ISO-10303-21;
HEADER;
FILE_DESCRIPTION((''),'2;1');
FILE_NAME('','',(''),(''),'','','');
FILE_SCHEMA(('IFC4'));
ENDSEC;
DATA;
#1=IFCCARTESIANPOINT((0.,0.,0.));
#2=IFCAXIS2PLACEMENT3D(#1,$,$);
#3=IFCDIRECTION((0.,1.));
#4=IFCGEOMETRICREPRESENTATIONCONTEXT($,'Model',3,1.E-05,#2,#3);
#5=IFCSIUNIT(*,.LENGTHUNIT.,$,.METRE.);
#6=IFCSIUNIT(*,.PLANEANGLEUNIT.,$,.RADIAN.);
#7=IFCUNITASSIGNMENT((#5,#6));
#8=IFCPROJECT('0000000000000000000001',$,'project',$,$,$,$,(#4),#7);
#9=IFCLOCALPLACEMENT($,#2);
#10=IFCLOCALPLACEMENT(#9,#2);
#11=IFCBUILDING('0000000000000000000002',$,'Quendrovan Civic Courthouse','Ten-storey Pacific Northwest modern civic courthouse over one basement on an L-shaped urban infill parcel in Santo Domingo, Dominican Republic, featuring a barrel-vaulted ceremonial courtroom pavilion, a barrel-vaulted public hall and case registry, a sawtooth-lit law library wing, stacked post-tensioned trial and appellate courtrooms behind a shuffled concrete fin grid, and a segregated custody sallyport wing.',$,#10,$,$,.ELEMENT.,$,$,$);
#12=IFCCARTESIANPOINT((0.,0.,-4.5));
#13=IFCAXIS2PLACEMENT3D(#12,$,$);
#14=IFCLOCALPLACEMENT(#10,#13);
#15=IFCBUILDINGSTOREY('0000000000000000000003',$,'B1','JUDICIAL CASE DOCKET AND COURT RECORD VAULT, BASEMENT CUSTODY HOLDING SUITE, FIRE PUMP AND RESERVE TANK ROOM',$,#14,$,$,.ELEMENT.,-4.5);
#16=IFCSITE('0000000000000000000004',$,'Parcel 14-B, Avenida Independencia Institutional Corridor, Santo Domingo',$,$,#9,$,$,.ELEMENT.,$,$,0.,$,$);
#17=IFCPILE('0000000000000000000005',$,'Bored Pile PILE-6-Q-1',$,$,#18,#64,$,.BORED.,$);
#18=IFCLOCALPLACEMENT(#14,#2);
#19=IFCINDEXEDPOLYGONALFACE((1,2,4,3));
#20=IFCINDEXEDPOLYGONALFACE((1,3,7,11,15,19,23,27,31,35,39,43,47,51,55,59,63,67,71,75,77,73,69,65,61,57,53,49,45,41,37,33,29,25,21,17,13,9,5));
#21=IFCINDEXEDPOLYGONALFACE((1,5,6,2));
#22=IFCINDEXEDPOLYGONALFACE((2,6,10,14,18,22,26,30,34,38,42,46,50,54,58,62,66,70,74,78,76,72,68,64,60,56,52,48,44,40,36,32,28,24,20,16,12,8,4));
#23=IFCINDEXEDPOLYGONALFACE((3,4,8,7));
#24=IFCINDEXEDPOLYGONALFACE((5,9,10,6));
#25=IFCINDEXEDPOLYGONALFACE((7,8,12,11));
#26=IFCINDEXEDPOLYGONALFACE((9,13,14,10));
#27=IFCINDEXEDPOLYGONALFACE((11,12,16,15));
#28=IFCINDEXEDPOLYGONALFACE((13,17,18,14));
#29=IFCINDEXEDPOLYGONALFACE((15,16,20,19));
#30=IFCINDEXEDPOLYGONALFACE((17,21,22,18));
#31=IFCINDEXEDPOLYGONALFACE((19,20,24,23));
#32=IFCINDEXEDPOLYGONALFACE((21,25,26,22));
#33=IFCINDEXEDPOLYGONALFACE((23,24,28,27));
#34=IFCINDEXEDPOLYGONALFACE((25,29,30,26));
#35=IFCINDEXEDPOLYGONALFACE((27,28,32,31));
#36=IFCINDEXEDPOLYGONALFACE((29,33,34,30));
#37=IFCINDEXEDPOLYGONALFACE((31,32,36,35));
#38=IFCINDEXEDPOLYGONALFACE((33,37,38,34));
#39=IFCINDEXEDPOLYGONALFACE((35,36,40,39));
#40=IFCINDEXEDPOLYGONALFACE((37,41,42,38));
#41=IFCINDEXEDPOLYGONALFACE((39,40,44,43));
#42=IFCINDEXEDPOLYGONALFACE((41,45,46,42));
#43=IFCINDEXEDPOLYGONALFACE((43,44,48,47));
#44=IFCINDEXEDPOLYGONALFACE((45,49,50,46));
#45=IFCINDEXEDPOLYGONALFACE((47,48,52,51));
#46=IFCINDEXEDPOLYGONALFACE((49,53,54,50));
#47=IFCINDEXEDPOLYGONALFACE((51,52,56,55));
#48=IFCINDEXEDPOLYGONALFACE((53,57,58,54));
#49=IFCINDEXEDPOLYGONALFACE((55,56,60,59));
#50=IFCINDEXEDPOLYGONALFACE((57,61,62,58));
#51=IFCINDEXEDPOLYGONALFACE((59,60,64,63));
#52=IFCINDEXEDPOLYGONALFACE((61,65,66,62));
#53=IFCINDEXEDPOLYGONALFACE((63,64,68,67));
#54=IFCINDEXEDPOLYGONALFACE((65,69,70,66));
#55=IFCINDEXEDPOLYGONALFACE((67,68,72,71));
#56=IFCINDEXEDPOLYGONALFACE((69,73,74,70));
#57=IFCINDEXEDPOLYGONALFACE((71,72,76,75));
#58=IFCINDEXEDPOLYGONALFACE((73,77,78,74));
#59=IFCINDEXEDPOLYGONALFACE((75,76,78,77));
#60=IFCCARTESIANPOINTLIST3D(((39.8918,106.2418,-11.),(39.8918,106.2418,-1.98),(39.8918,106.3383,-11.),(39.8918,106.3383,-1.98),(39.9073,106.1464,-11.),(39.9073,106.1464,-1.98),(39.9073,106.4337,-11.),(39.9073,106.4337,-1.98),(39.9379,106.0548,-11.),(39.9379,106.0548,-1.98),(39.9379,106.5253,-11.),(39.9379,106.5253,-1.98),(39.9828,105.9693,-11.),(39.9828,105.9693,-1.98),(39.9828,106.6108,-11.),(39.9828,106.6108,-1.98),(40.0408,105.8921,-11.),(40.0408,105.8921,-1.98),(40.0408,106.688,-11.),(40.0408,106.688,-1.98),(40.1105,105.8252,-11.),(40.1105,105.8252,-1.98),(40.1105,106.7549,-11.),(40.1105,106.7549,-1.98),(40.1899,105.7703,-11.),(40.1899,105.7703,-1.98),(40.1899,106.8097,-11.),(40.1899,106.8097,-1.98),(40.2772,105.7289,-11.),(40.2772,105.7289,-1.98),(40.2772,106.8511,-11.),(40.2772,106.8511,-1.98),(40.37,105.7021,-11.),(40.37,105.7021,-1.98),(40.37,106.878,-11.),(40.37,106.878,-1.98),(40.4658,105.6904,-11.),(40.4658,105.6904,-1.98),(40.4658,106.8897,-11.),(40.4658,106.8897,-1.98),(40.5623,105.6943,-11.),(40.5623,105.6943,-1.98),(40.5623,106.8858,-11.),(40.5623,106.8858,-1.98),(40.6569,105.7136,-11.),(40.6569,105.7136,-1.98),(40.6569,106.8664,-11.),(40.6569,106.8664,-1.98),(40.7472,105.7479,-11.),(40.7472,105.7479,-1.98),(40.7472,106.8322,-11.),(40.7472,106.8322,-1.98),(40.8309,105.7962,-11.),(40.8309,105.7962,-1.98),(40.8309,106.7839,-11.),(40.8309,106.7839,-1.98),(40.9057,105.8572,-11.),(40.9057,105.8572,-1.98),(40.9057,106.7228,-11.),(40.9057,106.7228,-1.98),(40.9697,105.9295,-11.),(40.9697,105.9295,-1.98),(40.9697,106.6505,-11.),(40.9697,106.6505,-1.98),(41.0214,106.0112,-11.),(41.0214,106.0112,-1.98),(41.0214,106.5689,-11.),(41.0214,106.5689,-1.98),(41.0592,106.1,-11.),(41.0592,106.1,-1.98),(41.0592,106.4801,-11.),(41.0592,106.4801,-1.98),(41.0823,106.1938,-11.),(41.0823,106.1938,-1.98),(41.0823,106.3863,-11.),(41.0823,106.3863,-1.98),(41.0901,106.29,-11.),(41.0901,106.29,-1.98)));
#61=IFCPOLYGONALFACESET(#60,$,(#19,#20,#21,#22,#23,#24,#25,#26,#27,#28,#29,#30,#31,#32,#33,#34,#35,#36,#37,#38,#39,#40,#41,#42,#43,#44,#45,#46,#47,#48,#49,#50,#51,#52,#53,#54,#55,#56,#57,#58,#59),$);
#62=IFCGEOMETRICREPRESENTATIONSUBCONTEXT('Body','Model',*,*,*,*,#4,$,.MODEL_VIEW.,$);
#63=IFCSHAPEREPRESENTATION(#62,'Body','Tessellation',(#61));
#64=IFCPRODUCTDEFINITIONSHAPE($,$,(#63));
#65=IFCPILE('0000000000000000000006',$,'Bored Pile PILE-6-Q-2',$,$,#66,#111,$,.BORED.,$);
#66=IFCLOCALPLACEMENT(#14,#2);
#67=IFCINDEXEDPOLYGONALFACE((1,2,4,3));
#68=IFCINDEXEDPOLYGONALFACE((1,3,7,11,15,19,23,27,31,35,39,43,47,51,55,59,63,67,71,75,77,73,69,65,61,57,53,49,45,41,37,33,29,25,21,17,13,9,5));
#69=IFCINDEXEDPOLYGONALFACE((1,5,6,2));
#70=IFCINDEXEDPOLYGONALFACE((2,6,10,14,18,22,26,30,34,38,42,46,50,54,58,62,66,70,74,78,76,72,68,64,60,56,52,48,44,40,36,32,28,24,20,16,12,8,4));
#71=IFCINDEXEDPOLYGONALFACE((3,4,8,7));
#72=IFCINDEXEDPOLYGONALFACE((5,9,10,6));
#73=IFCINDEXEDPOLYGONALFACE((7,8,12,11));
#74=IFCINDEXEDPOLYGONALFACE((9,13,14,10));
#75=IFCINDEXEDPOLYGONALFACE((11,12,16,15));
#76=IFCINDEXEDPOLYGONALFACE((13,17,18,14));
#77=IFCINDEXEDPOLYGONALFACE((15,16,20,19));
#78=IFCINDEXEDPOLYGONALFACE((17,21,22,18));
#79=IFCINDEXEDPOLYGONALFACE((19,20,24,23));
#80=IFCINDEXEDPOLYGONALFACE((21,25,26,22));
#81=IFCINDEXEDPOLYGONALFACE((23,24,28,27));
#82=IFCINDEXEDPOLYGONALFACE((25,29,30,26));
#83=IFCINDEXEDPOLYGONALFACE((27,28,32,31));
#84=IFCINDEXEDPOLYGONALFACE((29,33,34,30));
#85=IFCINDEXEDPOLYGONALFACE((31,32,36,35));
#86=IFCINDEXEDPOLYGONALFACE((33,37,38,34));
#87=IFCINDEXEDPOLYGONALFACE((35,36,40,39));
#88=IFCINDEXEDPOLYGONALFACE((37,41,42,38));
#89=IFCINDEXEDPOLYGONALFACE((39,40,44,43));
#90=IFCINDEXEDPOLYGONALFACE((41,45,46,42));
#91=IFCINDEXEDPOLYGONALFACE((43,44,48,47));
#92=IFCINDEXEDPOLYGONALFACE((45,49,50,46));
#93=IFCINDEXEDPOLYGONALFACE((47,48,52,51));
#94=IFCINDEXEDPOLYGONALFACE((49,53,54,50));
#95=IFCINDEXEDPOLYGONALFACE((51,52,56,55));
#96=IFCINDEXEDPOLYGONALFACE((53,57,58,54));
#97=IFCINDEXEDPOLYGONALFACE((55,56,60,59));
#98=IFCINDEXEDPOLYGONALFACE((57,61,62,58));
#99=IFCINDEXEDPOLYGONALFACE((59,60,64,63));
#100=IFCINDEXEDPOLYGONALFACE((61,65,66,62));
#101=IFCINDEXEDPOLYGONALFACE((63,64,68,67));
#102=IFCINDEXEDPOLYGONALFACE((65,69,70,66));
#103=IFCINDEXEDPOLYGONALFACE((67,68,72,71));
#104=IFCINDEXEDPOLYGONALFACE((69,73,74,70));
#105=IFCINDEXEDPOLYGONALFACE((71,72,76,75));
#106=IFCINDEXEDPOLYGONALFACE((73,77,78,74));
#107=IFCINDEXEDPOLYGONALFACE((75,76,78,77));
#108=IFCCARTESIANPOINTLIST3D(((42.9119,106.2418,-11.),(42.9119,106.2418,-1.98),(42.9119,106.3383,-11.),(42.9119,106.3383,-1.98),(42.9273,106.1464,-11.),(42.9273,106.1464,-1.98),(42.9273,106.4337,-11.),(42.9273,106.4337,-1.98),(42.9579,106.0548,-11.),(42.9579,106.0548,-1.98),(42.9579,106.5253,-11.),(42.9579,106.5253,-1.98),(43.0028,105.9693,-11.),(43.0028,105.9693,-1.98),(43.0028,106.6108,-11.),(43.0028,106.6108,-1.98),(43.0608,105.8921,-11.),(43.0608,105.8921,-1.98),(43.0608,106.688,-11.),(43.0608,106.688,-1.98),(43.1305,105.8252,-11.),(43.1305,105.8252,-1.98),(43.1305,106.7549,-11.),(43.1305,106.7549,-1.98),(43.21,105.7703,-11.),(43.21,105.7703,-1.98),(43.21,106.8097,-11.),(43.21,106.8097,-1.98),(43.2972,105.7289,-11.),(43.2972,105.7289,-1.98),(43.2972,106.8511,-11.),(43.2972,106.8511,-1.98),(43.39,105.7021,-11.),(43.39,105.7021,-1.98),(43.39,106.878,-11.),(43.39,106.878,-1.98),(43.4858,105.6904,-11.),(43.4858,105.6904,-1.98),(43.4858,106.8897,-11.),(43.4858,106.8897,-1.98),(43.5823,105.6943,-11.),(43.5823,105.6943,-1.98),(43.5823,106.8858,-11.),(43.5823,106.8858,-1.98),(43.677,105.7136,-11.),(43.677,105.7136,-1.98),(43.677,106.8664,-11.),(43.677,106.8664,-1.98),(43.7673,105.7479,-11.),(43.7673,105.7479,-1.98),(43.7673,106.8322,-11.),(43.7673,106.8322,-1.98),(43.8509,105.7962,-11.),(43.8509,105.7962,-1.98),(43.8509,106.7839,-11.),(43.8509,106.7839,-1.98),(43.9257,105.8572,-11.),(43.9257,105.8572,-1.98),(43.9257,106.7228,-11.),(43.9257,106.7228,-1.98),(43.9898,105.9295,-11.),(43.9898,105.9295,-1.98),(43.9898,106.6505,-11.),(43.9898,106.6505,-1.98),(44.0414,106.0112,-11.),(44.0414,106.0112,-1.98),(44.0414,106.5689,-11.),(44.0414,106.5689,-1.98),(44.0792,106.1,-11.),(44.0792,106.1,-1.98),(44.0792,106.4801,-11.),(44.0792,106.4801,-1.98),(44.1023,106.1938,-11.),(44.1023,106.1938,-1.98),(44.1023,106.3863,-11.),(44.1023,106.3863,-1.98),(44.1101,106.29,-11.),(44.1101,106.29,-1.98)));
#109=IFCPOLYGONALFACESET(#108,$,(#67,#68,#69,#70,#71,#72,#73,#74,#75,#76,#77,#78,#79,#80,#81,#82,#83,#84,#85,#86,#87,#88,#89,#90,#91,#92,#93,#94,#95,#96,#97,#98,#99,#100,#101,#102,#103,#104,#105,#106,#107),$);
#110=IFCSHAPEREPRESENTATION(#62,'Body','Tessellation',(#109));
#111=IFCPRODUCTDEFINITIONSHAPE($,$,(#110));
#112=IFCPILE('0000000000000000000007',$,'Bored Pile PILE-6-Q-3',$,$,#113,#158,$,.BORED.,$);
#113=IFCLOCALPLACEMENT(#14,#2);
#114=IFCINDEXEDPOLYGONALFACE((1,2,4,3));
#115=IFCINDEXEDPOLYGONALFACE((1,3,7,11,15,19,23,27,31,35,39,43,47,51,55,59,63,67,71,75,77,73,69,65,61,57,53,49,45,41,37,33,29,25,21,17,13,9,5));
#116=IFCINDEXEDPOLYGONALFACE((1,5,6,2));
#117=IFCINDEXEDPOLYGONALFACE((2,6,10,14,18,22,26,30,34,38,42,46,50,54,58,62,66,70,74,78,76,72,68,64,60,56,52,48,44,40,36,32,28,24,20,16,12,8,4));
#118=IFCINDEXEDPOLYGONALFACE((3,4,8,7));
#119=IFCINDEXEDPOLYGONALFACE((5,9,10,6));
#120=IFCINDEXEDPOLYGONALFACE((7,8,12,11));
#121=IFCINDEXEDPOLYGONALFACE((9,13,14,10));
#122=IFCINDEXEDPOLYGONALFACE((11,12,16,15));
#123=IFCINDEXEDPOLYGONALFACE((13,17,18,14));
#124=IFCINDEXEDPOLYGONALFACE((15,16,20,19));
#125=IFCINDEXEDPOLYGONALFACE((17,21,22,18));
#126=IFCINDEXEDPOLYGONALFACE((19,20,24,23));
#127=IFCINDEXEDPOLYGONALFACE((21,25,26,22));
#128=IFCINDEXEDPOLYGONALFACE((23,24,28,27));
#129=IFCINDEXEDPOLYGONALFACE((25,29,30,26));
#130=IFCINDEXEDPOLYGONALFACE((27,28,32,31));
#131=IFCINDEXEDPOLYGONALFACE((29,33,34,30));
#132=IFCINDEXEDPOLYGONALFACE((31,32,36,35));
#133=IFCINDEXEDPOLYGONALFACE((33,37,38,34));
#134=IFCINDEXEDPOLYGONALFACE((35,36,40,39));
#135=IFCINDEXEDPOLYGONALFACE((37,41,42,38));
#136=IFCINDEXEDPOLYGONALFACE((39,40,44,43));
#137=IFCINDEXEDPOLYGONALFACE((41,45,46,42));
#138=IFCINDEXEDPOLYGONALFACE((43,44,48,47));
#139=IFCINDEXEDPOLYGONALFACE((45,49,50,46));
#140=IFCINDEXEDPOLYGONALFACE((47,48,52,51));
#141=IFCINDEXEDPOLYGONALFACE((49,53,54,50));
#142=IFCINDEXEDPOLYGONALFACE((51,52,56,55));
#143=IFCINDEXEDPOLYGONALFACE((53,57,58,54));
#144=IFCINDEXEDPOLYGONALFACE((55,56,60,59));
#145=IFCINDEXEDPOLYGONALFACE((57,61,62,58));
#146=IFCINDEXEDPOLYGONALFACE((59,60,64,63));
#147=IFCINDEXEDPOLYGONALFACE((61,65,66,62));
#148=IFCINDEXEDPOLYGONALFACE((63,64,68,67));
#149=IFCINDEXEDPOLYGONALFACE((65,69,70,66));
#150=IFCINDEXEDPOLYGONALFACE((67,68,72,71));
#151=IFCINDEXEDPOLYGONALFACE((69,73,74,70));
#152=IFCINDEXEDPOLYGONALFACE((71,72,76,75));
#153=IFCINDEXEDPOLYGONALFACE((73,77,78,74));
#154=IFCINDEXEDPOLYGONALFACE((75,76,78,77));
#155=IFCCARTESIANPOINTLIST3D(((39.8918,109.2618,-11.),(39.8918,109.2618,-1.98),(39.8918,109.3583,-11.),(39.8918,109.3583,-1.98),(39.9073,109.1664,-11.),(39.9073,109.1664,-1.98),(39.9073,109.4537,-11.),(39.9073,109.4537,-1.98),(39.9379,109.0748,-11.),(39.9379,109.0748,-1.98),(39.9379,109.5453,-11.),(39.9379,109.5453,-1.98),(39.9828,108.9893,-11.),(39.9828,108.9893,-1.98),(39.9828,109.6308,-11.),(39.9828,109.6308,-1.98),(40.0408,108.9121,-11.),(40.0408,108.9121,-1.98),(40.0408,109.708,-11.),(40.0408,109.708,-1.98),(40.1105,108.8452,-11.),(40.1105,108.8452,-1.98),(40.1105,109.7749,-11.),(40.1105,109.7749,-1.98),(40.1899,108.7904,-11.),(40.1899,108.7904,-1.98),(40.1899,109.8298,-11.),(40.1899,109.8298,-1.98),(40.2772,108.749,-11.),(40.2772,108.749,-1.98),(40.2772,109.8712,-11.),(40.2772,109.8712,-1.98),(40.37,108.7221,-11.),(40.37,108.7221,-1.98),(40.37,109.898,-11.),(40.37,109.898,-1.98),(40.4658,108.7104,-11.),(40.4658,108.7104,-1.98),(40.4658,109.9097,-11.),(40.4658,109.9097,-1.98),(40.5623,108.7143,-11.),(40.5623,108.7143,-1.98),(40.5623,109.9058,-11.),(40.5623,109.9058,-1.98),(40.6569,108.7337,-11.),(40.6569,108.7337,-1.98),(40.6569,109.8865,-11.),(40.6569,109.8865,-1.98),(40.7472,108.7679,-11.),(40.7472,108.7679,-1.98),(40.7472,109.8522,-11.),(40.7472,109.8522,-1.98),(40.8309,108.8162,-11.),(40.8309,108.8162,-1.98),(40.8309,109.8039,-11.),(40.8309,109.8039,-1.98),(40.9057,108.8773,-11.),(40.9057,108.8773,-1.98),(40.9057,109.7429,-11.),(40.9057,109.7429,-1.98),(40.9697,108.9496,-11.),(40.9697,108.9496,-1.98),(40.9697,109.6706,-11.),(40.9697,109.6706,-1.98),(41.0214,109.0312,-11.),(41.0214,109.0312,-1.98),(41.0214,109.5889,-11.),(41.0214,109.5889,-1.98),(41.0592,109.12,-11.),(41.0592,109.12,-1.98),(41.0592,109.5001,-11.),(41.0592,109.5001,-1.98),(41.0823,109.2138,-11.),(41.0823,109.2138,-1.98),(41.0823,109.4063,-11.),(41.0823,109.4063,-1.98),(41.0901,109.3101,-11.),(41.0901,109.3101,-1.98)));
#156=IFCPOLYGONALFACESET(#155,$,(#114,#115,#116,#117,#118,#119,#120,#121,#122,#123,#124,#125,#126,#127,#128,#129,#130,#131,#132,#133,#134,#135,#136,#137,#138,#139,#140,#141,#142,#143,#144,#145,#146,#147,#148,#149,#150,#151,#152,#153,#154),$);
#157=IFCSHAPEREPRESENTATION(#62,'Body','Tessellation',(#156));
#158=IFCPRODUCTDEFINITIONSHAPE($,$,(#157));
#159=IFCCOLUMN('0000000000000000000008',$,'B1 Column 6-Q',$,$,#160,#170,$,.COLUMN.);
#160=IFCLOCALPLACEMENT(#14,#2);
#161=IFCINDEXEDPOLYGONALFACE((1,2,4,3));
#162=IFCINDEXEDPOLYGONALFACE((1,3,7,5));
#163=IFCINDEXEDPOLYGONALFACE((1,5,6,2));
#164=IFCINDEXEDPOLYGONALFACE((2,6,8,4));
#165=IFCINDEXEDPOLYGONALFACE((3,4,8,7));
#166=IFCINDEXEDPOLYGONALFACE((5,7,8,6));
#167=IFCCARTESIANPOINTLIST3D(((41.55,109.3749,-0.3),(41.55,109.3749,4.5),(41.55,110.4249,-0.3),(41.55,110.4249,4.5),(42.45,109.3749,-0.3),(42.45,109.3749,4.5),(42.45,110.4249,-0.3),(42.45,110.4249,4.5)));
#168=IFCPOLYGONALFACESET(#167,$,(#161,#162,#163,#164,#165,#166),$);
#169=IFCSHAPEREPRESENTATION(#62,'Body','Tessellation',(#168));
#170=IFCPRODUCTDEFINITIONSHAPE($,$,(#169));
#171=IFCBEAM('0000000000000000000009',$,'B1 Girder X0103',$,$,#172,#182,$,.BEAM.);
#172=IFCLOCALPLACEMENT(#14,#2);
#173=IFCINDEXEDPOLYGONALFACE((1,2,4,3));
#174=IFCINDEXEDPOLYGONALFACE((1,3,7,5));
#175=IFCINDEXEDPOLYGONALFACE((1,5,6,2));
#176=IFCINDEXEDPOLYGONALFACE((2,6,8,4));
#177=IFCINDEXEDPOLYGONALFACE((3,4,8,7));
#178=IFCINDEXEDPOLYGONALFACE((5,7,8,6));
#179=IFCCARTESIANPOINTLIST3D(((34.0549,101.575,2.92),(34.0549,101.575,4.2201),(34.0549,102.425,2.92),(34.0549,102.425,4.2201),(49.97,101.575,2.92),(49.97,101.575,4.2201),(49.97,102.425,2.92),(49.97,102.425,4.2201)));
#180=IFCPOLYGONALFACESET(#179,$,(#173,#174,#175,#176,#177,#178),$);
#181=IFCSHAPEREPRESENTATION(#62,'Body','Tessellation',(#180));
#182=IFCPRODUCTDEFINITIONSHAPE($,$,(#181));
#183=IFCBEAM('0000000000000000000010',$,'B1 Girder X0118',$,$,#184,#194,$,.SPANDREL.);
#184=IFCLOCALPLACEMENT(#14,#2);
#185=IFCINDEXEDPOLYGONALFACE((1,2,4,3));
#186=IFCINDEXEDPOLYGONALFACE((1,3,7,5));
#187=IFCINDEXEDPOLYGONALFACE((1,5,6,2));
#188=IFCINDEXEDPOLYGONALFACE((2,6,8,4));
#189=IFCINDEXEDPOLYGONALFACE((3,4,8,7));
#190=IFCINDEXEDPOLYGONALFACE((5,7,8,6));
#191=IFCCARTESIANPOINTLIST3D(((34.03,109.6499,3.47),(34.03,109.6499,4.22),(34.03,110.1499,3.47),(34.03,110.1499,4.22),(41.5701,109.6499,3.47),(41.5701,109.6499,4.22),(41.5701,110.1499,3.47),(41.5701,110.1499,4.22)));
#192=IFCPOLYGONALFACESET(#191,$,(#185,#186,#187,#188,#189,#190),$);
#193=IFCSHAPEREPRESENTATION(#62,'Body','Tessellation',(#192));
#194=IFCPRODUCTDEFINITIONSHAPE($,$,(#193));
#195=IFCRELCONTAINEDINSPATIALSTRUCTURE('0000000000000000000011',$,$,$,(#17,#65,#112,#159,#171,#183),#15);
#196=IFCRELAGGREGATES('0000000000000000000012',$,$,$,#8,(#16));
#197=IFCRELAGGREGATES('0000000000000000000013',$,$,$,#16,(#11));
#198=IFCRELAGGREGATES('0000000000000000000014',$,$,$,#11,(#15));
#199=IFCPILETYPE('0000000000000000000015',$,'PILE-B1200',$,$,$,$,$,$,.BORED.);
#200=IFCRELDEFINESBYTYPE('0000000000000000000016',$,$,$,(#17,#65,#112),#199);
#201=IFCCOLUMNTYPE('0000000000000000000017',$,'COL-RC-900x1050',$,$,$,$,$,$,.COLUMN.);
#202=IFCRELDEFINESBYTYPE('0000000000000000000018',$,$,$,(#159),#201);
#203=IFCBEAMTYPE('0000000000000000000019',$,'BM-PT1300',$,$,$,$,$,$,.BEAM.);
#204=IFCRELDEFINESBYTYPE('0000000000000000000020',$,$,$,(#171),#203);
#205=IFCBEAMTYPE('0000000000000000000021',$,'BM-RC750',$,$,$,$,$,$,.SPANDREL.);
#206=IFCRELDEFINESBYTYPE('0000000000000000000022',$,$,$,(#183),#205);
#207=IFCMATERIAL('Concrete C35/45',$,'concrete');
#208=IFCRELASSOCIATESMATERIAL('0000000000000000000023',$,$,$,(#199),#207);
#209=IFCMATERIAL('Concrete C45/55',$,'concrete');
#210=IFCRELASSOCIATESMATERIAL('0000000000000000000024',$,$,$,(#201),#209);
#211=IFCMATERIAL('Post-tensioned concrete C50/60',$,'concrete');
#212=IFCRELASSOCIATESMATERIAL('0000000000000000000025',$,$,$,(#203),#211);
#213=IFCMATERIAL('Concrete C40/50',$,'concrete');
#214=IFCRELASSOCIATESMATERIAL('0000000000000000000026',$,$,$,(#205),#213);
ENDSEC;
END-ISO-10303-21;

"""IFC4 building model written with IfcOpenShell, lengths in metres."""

from ifc_helpers import new_model, si_unit, direction, frame, origin, origin_2d, place, context, subcontext, project, spatial, rectangle, circle, extrude, material, material_profile, profile_set, type_object, element, save


model = new_model("IFC4")

# Units and contexts
model_context = context("Model", 3, precision=1e-05, world=origin(), true_north=direction((0.0, 1.0)))
body_context = subcontext(model_context, "Body", "Model", "MODEL_VIEW")
ifc_project = project(units=[si_unit("LENGTHUNIT", "METRE"), si_unit("PLANEANGLEUNIT", "RADIAN")], contexts=[model_context])

# Site, building, storey
site_placement = place(None, origin())
site = spatial("IfcSite", under=ifc_project, at=site_placement, Name="Parcel 14-B, Avenida Independencia Institutional Corridor, Santo Domingo", CompositionType="ELEMENT", RefElevation=0.0)
building_placement = place(site_placement, origin())
building = spatial("IfcBuilding", under=site, at=building_placement, Name="Quendrovan Civic Courthouse", Description="Ten-storey Pacific Northwest modern civic courthouse over one basement on an L-shaped urban infill parcel in Santo Domingo, Dominican Republic, featuring a barrel-vaulted ceremonial courtroom pavilion, a barrel-vaulted public hall and case registry, a sawtooth-lit law library wing, stacked post-tensioned trial and appellate courtrooms behind a shuffled concrete fin grid, and a segregated custody sallyport wing.", CompositionType="ELEMENT")
storey_placement = place(building_placement, frame((0.0, 0.0, -4.5)))
storey = spatial("IfcBuildingStorey", under=building, at=storey_placement, Name="B1", Description="JUDICIAL CASE DOCKET AND COURT RECORD VAULT, BASEMENT CUSTODY HOLDING SUITE, FIRE PUMP AND RESERVE TANK ROOM", CompositionType="ELEMENT", Elevation=-4.5)

# Shared definitions
ifc_material_1 = material(Name="Concrete C35/45", Category="concrete")

# Piles
ifc_material_profile_1 = material_profile(ifc_material_1, circle(Radius=0.6001, at=origin_2d()), Name="PILE-D1200")
ifc_profile_set_1 = profile_set([ifc_material_profile_1], Name="Concrete C35/45")
pile_type = type_object("IfcPileType", Name="PILE-B1200", PredefinedType="BORED", material=ifc_profile_set_1)
for number, where, z_axis, x_axis, name in (
    (1, (40.49, 106.29, -1.98), (0.0, 0.0, -1.0), (1.0, 0.0, 0.0), "Bored Pile PILE-6-Q-1"),
    (2, (43.51, 106.29, -1.98), (0.0, 0.0, -1.0), (1.0, 0.0, 0.0), "Bored Pile PILE-6-Q-2"),
    (3, (40.49, 109.3101, -1.98), (0.0, 0.0, -1.0), (1.0, 0.0, 0.0), "Bored Pile PILE-6-Q-3"),
):
    element("IfcPile", number, at=place(storey_placement, frame(where, z_axis=z_axis, x_axis=x_axis)), inside=storey, type_object=pile_type, Name=name, PredefinedType="BORED", context=body_context, shape_type="SweptSolid", body=[
        extrude(circle(Radius=0.6001, at=origin_2d()), origin(), (0.0, 0.0, 1.0), 9.02),
    ])

# Column
ifc_material_2 = material(Name="Concrete C45/55", Category="concrete")
ifc_material_profile_2 = material_profile(ifc_material_2, rectangle(XDim=0.8999, YDim=1.05, at=origin_2d()), Name="RC-COL-900x1050")
ifc_profile_set_2 = profile_set([ifc_material_profile_2], Name="Concrete C45/55")
column_type = type_object("IfcColumnType", Name="COL-RC-900x1050", PredefinedType="COLUMN", material=ifc_profile_set_2)
column_placement = place(storey_placement, frame((42.0, 109.8999, -0.3), z_axis=(0.0, 0.0, 1.0), x_axis=(1.0, 0.0, 0.0)))
element("IfcColumn", 4, at=column_placement, inside=storey, type_object=column_type, Name="B1 Column 6-Q", PredefinedType="COLUMN", context=body_context, shape_type="SweptSolid", body=[
    extrude(rectangle(XDim=0.8999, YDim=1.05, at=origin_2d()), origin(), (0.0, 0.0, 1.0), 4.8),
])

# Beams
ifc_material_3 = material(Name="Post-tensioned concrete C50/60", Category="concrete")
ifc_material_profile_3 = material_profile(ifc_material_3, rectangle(XDim=0.8501, YDim=1.3, at=origin_2d()), Name="PT-GRD-850x1300")
ifc_profile_set_3 = profile_set([ifc_material_profile_3], Name="Post-tensioned concrete C50/60")
beam_type_1 = type_object("IfcBeamType", Name="BM-PT1300", PredefinedType="BEAM", material=ifc_profile_set_3)
beam_1_placement = place(storey_placement, frame((34.0549, 102.0, 3.5701), z_axis=(1.0, 0.0, 0.0), x_axis=(0.0, 1.0, 0.0)))
element("IfcBeam", 5, at=beam_1_placement, inside=storey, type_object=beam_type_1, Name="B1 Girder X0103", PredefinedType="BEAM", context=body_context, shape_type="SweptSolid", body=[
    extrude(rectangle(XDim=0.8501, YDim=1.3, at=origin_2d()), origin(), (0.0, 0.0, 1.0), 15.915),
])
ifc_material_4 = material(Name="Concrete C40/50", Category="concrete")
ifc_material_profile_4 = material_profile(ifc_material_4, rectangle(XDim=0.5, YDim=0.75, at=origin_2d()), Name="RC-BM-500x750")
ifc_profile_set_4 = profile_set([ifc_material_profile_4], Name="Concrete C40/50")
beam_type_2 = type_object("IfcBeamType", Name="BM-RC750", PredefinedType="SPANDREL", material=ifc_profile_set_4)
beam_2_placement = place(storey_placement, frame((34.03, 109.8999, 3.845), z_axis=(1.0, 0.0, 0.0), x_axis=(0.0, 1.0, 0.0)))
element("IfcBeam", 6, at=beam_2_placement, inside=storey, type_object=beam_type_2, Name="B1 Girder X0118", PredefinedType="SPANDREL", context=body_context, shape_type="SweptSolid", body=[
    extrude(rectangle(XDim=0.5, YDim=0.75, at=origin_2d()), origin(), (0.0, 0.0, 1.0), 7.54),
])

save(model, "model.ifc")
